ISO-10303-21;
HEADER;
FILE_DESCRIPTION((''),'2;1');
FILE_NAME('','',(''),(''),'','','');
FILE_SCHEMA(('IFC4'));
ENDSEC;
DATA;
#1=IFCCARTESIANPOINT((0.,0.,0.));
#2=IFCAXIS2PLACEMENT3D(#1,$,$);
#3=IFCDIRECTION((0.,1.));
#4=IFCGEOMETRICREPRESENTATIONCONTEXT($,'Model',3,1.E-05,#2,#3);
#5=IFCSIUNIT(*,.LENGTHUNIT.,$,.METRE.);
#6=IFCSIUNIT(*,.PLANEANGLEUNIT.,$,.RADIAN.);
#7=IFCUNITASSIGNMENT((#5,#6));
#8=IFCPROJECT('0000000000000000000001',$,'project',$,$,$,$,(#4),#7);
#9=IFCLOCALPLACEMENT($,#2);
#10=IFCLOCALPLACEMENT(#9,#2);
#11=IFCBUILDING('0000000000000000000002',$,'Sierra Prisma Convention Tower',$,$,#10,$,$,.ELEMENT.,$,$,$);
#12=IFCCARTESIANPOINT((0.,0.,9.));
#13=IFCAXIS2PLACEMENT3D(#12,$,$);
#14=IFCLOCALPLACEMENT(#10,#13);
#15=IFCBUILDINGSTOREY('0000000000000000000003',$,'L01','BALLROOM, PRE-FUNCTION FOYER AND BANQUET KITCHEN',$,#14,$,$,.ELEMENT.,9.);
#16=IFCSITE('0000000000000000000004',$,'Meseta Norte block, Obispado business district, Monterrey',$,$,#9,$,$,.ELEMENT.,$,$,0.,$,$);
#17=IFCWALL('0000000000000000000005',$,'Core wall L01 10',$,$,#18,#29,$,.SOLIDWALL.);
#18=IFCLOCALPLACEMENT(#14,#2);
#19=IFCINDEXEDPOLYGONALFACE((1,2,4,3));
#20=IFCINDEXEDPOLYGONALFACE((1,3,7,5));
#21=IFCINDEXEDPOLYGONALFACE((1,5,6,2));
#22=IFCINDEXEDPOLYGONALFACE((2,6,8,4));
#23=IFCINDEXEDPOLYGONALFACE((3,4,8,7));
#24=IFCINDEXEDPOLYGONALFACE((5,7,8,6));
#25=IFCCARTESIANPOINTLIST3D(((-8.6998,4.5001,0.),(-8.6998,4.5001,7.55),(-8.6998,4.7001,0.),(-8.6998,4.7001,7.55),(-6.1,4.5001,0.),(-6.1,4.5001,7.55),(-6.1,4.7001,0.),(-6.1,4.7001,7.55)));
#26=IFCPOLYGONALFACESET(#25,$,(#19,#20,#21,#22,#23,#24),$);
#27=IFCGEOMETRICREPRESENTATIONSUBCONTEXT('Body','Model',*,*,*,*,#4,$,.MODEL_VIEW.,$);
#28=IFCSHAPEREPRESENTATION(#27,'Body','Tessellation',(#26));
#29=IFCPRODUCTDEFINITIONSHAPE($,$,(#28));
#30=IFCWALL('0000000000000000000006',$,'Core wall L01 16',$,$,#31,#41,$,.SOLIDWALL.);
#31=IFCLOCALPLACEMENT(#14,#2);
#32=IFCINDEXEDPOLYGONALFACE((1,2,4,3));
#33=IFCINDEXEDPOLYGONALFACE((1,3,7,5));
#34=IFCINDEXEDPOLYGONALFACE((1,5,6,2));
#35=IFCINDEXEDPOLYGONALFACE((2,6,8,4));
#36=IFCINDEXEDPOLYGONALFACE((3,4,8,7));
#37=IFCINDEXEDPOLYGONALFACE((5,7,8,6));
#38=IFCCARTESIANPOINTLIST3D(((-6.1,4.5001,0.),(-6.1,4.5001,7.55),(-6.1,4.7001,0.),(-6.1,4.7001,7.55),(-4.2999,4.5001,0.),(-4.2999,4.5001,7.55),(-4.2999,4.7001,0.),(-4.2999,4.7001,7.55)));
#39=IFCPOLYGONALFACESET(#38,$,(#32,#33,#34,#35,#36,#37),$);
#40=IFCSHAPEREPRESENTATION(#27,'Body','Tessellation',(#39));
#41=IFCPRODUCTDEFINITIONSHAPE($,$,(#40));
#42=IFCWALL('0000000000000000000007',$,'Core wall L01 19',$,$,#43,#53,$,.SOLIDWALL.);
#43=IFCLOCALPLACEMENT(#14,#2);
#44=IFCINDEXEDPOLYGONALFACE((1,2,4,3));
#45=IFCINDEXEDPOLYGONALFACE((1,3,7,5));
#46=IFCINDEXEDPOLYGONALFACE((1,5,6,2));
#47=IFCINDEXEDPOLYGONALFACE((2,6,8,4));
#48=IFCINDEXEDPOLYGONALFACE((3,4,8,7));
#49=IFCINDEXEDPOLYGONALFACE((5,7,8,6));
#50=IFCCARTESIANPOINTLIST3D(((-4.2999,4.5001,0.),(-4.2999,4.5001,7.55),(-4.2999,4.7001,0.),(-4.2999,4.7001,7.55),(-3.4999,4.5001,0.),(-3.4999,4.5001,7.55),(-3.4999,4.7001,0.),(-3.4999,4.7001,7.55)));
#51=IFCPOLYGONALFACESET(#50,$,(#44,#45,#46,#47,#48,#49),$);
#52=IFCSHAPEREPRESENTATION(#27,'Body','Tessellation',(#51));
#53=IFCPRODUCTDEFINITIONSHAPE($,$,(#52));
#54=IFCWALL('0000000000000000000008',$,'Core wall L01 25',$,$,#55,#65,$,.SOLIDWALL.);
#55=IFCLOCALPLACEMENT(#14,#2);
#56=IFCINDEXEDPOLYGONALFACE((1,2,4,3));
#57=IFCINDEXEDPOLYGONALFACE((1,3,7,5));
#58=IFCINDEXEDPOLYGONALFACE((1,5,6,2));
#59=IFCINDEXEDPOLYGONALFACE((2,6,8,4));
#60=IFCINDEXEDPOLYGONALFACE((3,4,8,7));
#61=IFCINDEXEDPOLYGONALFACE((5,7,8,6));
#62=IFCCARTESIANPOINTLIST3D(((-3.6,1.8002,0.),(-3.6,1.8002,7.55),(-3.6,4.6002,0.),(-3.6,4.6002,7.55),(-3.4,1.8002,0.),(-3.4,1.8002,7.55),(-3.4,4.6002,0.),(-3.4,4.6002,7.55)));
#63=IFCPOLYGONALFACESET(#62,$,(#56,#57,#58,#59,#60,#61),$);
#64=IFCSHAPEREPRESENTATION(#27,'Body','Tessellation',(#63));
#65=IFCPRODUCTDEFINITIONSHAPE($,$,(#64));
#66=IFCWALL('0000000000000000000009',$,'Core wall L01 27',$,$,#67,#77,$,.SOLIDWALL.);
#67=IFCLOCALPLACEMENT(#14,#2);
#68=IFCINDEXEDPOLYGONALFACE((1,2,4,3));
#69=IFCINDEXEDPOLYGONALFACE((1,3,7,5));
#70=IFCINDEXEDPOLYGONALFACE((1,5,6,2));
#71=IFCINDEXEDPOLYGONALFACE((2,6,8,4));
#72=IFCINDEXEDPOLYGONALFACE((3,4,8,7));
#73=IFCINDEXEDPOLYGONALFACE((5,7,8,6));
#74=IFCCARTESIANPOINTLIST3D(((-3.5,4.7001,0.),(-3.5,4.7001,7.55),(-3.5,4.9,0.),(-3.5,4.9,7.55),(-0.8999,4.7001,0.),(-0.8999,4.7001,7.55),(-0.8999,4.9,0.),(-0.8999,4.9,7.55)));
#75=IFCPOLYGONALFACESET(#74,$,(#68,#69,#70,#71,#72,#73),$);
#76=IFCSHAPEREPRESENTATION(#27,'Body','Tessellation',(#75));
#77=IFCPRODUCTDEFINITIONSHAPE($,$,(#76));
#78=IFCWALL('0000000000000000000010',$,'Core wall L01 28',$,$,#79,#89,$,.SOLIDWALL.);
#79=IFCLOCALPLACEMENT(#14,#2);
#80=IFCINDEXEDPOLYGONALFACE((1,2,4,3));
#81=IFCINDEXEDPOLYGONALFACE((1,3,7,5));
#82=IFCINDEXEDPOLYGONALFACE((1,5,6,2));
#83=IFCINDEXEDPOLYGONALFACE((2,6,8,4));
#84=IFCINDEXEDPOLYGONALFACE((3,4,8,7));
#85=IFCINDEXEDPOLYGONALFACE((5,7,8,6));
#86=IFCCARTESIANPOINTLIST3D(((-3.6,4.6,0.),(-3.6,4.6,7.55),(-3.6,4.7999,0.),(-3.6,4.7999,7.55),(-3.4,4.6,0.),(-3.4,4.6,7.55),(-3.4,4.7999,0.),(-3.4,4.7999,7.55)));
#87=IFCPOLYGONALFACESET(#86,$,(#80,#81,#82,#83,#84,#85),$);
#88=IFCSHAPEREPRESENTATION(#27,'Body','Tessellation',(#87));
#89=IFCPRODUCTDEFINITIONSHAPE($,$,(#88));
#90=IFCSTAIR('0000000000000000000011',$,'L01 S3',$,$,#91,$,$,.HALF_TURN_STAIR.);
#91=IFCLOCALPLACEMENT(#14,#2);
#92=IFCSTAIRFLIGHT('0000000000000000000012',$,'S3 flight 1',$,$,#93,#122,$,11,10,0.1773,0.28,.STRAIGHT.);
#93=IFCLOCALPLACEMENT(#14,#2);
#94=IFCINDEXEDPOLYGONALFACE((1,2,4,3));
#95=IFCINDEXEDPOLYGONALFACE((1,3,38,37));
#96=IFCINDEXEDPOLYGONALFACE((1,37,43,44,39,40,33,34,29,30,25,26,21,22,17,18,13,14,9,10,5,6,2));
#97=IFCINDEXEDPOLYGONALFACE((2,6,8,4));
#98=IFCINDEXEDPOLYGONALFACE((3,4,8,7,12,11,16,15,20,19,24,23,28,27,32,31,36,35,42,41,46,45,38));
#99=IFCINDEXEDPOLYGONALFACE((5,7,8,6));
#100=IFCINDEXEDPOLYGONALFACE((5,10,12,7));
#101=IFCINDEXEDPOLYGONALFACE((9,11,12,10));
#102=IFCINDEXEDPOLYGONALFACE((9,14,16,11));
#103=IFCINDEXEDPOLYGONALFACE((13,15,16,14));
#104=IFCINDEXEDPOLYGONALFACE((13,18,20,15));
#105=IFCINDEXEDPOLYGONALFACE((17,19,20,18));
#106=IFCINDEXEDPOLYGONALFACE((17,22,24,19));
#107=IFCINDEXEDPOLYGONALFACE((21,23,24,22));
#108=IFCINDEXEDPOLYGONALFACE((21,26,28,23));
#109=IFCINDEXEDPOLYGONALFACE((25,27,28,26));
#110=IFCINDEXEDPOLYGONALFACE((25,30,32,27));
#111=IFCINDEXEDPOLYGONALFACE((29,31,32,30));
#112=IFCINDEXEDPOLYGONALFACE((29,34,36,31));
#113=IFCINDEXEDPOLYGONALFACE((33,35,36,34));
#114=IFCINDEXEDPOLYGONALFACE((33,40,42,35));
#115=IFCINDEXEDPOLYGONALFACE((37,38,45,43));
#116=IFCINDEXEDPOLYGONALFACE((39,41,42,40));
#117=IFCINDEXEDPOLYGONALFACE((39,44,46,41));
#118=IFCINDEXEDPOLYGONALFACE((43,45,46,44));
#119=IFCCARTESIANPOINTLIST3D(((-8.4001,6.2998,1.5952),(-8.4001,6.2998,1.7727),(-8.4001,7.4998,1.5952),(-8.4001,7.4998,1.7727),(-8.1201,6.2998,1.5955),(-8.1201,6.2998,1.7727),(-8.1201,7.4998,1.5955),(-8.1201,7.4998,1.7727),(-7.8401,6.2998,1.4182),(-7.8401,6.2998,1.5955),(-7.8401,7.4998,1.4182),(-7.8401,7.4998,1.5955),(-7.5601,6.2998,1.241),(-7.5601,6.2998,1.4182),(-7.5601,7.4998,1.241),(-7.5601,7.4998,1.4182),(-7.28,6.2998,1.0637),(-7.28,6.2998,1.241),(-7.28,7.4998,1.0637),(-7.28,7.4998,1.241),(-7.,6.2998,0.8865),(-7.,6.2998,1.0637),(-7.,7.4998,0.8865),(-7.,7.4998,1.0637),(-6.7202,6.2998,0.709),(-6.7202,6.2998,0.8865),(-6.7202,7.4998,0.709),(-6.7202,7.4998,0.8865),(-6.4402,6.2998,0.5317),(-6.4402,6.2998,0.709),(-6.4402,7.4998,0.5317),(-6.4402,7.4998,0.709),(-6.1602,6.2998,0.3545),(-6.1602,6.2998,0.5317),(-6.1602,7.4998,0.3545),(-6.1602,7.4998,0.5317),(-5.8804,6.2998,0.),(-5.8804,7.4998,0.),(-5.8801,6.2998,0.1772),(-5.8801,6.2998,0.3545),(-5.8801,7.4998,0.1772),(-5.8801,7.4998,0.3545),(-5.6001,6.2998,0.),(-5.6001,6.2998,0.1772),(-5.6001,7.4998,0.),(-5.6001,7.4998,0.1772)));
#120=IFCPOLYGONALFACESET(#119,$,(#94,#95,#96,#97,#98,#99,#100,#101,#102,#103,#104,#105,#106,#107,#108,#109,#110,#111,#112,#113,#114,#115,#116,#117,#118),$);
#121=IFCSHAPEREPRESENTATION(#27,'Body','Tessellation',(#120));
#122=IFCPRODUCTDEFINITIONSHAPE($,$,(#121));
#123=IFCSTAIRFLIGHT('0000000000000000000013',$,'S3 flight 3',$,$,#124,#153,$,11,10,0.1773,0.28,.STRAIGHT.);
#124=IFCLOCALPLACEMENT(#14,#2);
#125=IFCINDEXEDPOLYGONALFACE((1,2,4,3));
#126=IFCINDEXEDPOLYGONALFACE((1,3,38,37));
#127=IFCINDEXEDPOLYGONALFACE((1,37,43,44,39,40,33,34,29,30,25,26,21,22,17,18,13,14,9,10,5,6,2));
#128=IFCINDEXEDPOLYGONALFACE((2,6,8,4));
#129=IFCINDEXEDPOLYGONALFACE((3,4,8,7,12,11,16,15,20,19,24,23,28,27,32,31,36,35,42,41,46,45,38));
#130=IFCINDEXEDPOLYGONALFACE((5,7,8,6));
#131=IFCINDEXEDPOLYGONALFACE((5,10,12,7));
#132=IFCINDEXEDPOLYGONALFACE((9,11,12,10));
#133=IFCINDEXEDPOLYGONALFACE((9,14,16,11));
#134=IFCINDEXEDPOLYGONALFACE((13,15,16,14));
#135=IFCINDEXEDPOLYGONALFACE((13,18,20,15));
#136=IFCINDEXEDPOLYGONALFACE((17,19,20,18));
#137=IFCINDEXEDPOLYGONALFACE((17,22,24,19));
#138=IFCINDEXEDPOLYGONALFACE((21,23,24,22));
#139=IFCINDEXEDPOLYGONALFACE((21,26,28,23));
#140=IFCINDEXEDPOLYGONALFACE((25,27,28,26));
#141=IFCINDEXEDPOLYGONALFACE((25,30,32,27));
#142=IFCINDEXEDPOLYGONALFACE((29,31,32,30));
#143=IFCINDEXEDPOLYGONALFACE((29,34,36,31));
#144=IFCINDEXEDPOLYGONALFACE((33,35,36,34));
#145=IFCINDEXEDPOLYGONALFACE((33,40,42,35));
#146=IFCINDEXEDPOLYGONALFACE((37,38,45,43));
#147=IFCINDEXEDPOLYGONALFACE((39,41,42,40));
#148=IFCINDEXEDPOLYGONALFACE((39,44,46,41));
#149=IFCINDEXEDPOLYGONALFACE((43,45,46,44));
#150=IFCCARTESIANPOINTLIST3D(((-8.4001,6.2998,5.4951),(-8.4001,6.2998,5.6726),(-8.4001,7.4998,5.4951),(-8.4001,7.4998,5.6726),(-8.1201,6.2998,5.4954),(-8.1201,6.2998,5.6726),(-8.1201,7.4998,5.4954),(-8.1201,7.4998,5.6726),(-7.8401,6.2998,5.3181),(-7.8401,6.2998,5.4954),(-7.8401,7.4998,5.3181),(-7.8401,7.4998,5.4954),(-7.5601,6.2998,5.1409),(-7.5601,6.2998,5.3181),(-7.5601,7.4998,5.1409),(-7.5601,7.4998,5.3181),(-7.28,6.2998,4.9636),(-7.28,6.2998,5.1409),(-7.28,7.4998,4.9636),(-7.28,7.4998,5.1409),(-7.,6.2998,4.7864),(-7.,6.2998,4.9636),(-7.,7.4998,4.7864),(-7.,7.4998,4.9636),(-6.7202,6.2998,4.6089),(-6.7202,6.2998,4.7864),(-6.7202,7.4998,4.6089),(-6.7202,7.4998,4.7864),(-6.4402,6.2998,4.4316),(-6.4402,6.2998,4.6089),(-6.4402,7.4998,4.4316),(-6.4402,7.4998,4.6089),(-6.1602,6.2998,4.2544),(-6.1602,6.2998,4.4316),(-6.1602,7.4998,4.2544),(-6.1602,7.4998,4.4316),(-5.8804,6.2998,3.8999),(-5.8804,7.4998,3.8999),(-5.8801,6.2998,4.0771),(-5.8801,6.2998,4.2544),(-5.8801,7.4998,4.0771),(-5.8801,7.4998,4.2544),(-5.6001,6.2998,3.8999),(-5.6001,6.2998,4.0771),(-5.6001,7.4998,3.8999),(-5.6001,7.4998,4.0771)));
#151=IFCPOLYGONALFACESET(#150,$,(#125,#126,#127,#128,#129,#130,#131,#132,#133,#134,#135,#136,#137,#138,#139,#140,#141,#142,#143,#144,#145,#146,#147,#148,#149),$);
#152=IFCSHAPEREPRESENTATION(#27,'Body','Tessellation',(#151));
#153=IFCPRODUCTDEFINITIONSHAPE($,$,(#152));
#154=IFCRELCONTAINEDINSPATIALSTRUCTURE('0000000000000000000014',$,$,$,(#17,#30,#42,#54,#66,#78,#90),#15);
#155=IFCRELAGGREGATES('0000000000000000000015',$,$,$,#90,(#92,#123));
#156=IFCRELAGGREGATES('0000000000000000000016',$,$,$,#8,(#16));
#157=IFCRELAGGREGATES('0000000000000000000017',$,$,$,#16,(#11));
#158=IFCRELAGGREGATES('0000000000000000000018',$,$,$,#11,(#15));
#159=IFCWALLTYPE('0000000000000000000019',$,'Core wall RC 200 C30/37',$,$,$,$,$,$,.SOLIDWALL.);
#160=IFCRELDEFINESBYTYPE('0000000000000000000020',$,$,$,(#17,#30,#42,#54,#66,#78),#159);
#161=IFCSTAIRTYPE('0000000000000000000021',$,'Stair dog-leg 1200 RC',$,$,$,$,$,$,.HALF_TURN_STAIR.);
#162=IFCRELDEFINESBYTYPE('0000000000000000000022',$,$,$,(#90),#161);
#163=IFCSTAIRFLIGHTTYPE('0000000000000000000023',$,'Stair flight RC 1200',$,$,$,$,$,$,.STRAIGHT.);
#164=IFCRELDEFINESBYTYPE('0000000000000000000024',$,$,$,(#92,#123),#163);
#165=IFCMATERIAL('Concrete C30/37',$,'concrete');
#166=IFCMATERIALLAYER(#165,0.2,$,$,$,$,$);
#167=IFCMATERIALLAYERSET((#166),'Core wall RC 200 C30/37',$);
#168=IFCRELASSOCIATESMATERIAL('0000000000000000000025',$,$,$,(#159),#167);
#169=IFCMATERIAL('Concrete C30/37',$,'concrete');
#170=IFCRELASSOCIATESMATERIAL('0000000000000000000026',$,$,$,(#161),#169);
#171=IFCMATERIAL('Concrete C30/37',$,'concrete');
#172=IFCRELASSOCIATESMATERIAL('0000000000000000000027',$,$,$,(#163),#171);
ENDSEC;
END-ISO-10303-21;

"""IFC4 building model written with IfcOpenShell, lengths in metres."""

from ifc_helpers import new_model, si_unit, direction, frame, frame_2d, origin, place, context, subcontext, project, spatial, polyline, rectangle, outline, extrude, material, layer, layer_set, type_object, element, aggregate, save


model = new_model("IFC4")

# Units and contexts
model_context = context("Model", 3, precision=1e-05, world=origin(), true_north=direction((0.0, 1.0)))
body_context = subcontext(model_context, "Body", "Model", "MODEL_VIEW")
ifc_project = project(units=[si_unit("LENGTHUNIT", "METRE"), si_unit("PLANEANGLEUNIT", "RADIAN")], contexts=[model_context])

# Site, building, storey
site_placement = place(None, origin())
site = spatial("IfcSite", under=ifc_project, at=site_placement, Name="Meseta Norte block, Obispado business district, Monterrey", CompositionType="ELEMENT", RefElevation=0.0)
building_placement = place(site_placement, origin())
building = spatial("IfcBuilding", under=site, at=building_placement, Name="Sierra Prisma Convention Tower", CompositionType="ELEMENT")
storey_placement = place(building_placement, frame((0.0, 0.0, 9.0)))
storey = spatial("IfcBuildingStorey", under=building, at=storey_placement, Name="L01", Description="BALLROOM, PRE-FUNCTION FOYER AND BANQUET KITCHEN", CompositionType="ELEMENT", Elevation=9.0)

# Walls
ifc_material_1 = material(Name="Concrete C30/37", Category="concrete")
ifc_layer = layer(ifc_material_1, 0.2)
ifc_layer_set = layer_set([ifc_layer], Name="Core wall RC 200 C30/37")
wall_type = type_object("IfcWallType", Name="Core wall RC 200 C30/37", PredefinedType="SOLIDWALL", material=ifc_layer_set)
wall_1_placement = place(storey_placement, frame((-6.1001, 4.6001, 0.0), z_axis=(0.0, 0.0, 1.0), x_axis=(-1.0, 0.0, 0.0)))
element("IfcWall", 1, at=wall_1_placement, inside=storey, type_object=wall_type, Name="Core wall L01 10", PredefinedType="SOLIDWALL", context=body_context, shape_type="SweptSolid", body=[
    extrude(rectangle(XDim=2.5999, YDim=0.2, at=frame_2d((1.2998, 0.0))), origin(), (0.0, 0.0, 1.0), 7.55),
])
wall_2_placement = place(storey_placement, frame((-4.3, 4.6001, 0.0), z_axis=(0.0, 0.0, 1.0), x_axis=(-1.0, 0.0, 0.0)))
element("IfcWall", 2, at=wall_2_placement, inside=storey, type_object=wall_type, Name="Core wall L01 16", PredefinedType="SOLIDWALL", context=body_context, shape_type="SweptSolid", body=[
    extrude(rectangle(XDim=1.8, YDim=0.2, at=frame_2d((0.8999, 0.0))), origin(), (0.0, 0.0, 1.0), 7.55),
])
wall_3_placement = place(storey_placement, frame((-3.5, 4.6001, 0.0), z_axis=(0.0, 0.0, 1.0), x_axis=(-1.0, 0.0, 0.0)))
element("IfcWall", 3, at=wall_3_placement, inside=storey, type_object=wall_type, Name="Core wall L01 19", PredefinedType="SOLIDWALL", context=body_context, shape_type="SweptSolid", body=[
    extrude(rectangle(XDim=0.8, YDim=0.2, at=frame_2d((0.3999, 0.0))), origin(), (0.0, 0.0, 1.0), 7.55),
])

# Wall
wall_4_placement = place(storey_placement, frame((-3.5, 4.6001, 0.0), z_axis=(0.0, 0.0, 1.0), x_axis=(0.0, -1.0, 0.0)))
element("IfcWall", 4, at=wall_4_placement, inside=storey, type_object=wall_type, Name="Core wall L01 25", PredefinedType="SOLIDWALL", context=body_context, shape_type="SweptSolid", body=[
    extrude(rectangle(XDim=2.8, YDim=0.2, at=frame_2d((1.3999, 0.0))), origin(), (0.0, 0.0, 1.0), 7.55),
])

# Walls
wall_5_placement = place(storey_placement, frame((-0.8999, 4.8, 0.0), z_axis=(0.0, 0.0, 1.0), x_axis=(-1.0, 0.0, 0.0)))
element("IfcWall", 5, at=wall_5_placement, inside=storey, type_object=wall_type, Name="Core wall L01 27", PredefinedType="SOLIDWALL", context=body_context, shape_type="SweptSolid", body=[
    extrude(rectangle(XDim=2.6001, YDim=0.2, at=frame_2d((1.3, 0.0))), origin(), (0.0, 0.0, 1.0), 7.55),
])
wall_6_placement = place(storey_placement, frame((-3.5, 4.8, 0.0), z_axis=(0.0, 0.0, 1.0), x_axis=(0.0, -1.0, 0.0)))
element("IfcWall", 6, at=wall_6_placement, inside=storey, type_object=wall_type, Name="Core wall L01 28", PredefinedType="SOLIDWALL", context=body_context, shape_type="SweptSolid", body=[
    extrude(rectangle(XDim=0.2, YDim=0.2, at=frame_2d((0.1001, 0.0))), origin(), (0.0, 0.0, 1.0), 7.55),
])

# Stair, stair flights
ifc_material_2 = material(Name="Concrete C30/37", Category="concrete")
stair_type = type_object("IfcStairType", Name="Stair dog-leg 1200 RC", PredefinedType="HALF_TURN_STAIR", material=ifc_material_2)
stair_placement = place(storey_placement, origin())
stair = element("IfcStair", 7, at=stair_placement, inside=storey, type_object=stair_type, Name="L01 S3", PredefinedType="HALF_TURN_STAIR")
ifc_material_3 = material(Name="Concrete C30/37", Category="concrete")
stair_flight_type = type_object("IfcStairFlightType", Name="Stair flight RC 1200", PredefinedType="STRAIGHT", material=ifc_material_3)
stair_flight_1_placement = place(storey_placement, frame((-5.6001, 6.8999, 0.0), z_axis=(0.0, 0.0, 1.0), x_axis=(-1.0, 0.0, 0.0)))
stair_flight_1 = element("IfcStairFlight", 8, at=stair_flight_1_placement, type_object=stair_flight_type, Name="S3 flight 1", NumberOfRisers=11, NumberOfTreads=10, PredefinedType="STRAIGHT", RiserHeight=0.1773, TreadLength=0.28, context=body_context, shape_type="SweptSolid", body=[
    extrude(outline(polyline([(0.0, 0.0), (0.0, 0.1772), (0.28, 0.1772), (0.28, 0.3545), (0.5601, 0.3545), (0.5601, 0.5317), (0.8401, 0.5317), (0.8401, 0.709), (1.1201, 0.709), (1.1201, 0.8865), (1.3999, 0.8865), (1.3999, 1.0637), (1.6799, 1.0637), (1.6799, 1.241), (1.96, 1.241), (1.96, 1.4182), (2.24, 1.4182), (2.24, 1.5955), (2.52, 1.5955), (2.52, 1.7727), (2.8, 1.7727), (2.8, 1.95), (2.8, 1.5952), (0.2803, 0.0), (0.0, 0.0)])), frame((0.0, 0.6001, 0.0), z_axis=(0.0, -1.0, 0.0), x_axis=(1.0, 0.0, 0.0)), (0.0, 0.0, 1.0), 1.2),
])
stair_flight_2_placement = place(storey_placement, frame((-5.6001, 6.8999, 3.8999), z_axis=(0.0, 0.0, 1.0), x_axis=(-1.0, 0.0, 0.0)))
stair_flight_2 = element("IfcStairFlight", 9, at=stair_flight_2_placement, type_object=stair_flight_type, Name="S3 flight 3", NumberOfRisers=11, NumberOfTreads=10, PredefinedType="STRAIGHT", RiserHeight=0.1773, TreadLength=0.28, context=body_context, shape_type="SweptSolid", body=[
    extrude(outline(polyline([(0.0, 0.0), (0.0, 0.1772), (0.28, 0.1772), (0.28, 0.3545), (0.5601, 0.3545), (0.5601, 0.5317), (0.8401, 0.5317), (0.8401, 0.709), (1.1201, 0.709), (1.1201, 0.8865), (1.3999, 0.8865), (1.3999, 1.0637), (1.6799, 1.0637), (1.6799, 1.241), (1.96, 1.241), (1.96, 1.4182), (2.24, 1.4182), (2.24, 1.5955), (2.52, 1.5955), (2.52, 1.7727), (2.8, 1.7727), (2.8, 1.95), (2.8, 1.5952), (0.2803, 0.0), (0.0, 0.0)])), frame((0.0, 0.6001, 0.0), z_axis=(0.0, -1.0, 0.0), x_axis=(1.0, 0.0, 0.0)), (0.0, 0.0, 1.0), 1.2),
])
aggregate(stair, [stair_flight_1, stair_flight_2])

save(model, "model.ifc")
